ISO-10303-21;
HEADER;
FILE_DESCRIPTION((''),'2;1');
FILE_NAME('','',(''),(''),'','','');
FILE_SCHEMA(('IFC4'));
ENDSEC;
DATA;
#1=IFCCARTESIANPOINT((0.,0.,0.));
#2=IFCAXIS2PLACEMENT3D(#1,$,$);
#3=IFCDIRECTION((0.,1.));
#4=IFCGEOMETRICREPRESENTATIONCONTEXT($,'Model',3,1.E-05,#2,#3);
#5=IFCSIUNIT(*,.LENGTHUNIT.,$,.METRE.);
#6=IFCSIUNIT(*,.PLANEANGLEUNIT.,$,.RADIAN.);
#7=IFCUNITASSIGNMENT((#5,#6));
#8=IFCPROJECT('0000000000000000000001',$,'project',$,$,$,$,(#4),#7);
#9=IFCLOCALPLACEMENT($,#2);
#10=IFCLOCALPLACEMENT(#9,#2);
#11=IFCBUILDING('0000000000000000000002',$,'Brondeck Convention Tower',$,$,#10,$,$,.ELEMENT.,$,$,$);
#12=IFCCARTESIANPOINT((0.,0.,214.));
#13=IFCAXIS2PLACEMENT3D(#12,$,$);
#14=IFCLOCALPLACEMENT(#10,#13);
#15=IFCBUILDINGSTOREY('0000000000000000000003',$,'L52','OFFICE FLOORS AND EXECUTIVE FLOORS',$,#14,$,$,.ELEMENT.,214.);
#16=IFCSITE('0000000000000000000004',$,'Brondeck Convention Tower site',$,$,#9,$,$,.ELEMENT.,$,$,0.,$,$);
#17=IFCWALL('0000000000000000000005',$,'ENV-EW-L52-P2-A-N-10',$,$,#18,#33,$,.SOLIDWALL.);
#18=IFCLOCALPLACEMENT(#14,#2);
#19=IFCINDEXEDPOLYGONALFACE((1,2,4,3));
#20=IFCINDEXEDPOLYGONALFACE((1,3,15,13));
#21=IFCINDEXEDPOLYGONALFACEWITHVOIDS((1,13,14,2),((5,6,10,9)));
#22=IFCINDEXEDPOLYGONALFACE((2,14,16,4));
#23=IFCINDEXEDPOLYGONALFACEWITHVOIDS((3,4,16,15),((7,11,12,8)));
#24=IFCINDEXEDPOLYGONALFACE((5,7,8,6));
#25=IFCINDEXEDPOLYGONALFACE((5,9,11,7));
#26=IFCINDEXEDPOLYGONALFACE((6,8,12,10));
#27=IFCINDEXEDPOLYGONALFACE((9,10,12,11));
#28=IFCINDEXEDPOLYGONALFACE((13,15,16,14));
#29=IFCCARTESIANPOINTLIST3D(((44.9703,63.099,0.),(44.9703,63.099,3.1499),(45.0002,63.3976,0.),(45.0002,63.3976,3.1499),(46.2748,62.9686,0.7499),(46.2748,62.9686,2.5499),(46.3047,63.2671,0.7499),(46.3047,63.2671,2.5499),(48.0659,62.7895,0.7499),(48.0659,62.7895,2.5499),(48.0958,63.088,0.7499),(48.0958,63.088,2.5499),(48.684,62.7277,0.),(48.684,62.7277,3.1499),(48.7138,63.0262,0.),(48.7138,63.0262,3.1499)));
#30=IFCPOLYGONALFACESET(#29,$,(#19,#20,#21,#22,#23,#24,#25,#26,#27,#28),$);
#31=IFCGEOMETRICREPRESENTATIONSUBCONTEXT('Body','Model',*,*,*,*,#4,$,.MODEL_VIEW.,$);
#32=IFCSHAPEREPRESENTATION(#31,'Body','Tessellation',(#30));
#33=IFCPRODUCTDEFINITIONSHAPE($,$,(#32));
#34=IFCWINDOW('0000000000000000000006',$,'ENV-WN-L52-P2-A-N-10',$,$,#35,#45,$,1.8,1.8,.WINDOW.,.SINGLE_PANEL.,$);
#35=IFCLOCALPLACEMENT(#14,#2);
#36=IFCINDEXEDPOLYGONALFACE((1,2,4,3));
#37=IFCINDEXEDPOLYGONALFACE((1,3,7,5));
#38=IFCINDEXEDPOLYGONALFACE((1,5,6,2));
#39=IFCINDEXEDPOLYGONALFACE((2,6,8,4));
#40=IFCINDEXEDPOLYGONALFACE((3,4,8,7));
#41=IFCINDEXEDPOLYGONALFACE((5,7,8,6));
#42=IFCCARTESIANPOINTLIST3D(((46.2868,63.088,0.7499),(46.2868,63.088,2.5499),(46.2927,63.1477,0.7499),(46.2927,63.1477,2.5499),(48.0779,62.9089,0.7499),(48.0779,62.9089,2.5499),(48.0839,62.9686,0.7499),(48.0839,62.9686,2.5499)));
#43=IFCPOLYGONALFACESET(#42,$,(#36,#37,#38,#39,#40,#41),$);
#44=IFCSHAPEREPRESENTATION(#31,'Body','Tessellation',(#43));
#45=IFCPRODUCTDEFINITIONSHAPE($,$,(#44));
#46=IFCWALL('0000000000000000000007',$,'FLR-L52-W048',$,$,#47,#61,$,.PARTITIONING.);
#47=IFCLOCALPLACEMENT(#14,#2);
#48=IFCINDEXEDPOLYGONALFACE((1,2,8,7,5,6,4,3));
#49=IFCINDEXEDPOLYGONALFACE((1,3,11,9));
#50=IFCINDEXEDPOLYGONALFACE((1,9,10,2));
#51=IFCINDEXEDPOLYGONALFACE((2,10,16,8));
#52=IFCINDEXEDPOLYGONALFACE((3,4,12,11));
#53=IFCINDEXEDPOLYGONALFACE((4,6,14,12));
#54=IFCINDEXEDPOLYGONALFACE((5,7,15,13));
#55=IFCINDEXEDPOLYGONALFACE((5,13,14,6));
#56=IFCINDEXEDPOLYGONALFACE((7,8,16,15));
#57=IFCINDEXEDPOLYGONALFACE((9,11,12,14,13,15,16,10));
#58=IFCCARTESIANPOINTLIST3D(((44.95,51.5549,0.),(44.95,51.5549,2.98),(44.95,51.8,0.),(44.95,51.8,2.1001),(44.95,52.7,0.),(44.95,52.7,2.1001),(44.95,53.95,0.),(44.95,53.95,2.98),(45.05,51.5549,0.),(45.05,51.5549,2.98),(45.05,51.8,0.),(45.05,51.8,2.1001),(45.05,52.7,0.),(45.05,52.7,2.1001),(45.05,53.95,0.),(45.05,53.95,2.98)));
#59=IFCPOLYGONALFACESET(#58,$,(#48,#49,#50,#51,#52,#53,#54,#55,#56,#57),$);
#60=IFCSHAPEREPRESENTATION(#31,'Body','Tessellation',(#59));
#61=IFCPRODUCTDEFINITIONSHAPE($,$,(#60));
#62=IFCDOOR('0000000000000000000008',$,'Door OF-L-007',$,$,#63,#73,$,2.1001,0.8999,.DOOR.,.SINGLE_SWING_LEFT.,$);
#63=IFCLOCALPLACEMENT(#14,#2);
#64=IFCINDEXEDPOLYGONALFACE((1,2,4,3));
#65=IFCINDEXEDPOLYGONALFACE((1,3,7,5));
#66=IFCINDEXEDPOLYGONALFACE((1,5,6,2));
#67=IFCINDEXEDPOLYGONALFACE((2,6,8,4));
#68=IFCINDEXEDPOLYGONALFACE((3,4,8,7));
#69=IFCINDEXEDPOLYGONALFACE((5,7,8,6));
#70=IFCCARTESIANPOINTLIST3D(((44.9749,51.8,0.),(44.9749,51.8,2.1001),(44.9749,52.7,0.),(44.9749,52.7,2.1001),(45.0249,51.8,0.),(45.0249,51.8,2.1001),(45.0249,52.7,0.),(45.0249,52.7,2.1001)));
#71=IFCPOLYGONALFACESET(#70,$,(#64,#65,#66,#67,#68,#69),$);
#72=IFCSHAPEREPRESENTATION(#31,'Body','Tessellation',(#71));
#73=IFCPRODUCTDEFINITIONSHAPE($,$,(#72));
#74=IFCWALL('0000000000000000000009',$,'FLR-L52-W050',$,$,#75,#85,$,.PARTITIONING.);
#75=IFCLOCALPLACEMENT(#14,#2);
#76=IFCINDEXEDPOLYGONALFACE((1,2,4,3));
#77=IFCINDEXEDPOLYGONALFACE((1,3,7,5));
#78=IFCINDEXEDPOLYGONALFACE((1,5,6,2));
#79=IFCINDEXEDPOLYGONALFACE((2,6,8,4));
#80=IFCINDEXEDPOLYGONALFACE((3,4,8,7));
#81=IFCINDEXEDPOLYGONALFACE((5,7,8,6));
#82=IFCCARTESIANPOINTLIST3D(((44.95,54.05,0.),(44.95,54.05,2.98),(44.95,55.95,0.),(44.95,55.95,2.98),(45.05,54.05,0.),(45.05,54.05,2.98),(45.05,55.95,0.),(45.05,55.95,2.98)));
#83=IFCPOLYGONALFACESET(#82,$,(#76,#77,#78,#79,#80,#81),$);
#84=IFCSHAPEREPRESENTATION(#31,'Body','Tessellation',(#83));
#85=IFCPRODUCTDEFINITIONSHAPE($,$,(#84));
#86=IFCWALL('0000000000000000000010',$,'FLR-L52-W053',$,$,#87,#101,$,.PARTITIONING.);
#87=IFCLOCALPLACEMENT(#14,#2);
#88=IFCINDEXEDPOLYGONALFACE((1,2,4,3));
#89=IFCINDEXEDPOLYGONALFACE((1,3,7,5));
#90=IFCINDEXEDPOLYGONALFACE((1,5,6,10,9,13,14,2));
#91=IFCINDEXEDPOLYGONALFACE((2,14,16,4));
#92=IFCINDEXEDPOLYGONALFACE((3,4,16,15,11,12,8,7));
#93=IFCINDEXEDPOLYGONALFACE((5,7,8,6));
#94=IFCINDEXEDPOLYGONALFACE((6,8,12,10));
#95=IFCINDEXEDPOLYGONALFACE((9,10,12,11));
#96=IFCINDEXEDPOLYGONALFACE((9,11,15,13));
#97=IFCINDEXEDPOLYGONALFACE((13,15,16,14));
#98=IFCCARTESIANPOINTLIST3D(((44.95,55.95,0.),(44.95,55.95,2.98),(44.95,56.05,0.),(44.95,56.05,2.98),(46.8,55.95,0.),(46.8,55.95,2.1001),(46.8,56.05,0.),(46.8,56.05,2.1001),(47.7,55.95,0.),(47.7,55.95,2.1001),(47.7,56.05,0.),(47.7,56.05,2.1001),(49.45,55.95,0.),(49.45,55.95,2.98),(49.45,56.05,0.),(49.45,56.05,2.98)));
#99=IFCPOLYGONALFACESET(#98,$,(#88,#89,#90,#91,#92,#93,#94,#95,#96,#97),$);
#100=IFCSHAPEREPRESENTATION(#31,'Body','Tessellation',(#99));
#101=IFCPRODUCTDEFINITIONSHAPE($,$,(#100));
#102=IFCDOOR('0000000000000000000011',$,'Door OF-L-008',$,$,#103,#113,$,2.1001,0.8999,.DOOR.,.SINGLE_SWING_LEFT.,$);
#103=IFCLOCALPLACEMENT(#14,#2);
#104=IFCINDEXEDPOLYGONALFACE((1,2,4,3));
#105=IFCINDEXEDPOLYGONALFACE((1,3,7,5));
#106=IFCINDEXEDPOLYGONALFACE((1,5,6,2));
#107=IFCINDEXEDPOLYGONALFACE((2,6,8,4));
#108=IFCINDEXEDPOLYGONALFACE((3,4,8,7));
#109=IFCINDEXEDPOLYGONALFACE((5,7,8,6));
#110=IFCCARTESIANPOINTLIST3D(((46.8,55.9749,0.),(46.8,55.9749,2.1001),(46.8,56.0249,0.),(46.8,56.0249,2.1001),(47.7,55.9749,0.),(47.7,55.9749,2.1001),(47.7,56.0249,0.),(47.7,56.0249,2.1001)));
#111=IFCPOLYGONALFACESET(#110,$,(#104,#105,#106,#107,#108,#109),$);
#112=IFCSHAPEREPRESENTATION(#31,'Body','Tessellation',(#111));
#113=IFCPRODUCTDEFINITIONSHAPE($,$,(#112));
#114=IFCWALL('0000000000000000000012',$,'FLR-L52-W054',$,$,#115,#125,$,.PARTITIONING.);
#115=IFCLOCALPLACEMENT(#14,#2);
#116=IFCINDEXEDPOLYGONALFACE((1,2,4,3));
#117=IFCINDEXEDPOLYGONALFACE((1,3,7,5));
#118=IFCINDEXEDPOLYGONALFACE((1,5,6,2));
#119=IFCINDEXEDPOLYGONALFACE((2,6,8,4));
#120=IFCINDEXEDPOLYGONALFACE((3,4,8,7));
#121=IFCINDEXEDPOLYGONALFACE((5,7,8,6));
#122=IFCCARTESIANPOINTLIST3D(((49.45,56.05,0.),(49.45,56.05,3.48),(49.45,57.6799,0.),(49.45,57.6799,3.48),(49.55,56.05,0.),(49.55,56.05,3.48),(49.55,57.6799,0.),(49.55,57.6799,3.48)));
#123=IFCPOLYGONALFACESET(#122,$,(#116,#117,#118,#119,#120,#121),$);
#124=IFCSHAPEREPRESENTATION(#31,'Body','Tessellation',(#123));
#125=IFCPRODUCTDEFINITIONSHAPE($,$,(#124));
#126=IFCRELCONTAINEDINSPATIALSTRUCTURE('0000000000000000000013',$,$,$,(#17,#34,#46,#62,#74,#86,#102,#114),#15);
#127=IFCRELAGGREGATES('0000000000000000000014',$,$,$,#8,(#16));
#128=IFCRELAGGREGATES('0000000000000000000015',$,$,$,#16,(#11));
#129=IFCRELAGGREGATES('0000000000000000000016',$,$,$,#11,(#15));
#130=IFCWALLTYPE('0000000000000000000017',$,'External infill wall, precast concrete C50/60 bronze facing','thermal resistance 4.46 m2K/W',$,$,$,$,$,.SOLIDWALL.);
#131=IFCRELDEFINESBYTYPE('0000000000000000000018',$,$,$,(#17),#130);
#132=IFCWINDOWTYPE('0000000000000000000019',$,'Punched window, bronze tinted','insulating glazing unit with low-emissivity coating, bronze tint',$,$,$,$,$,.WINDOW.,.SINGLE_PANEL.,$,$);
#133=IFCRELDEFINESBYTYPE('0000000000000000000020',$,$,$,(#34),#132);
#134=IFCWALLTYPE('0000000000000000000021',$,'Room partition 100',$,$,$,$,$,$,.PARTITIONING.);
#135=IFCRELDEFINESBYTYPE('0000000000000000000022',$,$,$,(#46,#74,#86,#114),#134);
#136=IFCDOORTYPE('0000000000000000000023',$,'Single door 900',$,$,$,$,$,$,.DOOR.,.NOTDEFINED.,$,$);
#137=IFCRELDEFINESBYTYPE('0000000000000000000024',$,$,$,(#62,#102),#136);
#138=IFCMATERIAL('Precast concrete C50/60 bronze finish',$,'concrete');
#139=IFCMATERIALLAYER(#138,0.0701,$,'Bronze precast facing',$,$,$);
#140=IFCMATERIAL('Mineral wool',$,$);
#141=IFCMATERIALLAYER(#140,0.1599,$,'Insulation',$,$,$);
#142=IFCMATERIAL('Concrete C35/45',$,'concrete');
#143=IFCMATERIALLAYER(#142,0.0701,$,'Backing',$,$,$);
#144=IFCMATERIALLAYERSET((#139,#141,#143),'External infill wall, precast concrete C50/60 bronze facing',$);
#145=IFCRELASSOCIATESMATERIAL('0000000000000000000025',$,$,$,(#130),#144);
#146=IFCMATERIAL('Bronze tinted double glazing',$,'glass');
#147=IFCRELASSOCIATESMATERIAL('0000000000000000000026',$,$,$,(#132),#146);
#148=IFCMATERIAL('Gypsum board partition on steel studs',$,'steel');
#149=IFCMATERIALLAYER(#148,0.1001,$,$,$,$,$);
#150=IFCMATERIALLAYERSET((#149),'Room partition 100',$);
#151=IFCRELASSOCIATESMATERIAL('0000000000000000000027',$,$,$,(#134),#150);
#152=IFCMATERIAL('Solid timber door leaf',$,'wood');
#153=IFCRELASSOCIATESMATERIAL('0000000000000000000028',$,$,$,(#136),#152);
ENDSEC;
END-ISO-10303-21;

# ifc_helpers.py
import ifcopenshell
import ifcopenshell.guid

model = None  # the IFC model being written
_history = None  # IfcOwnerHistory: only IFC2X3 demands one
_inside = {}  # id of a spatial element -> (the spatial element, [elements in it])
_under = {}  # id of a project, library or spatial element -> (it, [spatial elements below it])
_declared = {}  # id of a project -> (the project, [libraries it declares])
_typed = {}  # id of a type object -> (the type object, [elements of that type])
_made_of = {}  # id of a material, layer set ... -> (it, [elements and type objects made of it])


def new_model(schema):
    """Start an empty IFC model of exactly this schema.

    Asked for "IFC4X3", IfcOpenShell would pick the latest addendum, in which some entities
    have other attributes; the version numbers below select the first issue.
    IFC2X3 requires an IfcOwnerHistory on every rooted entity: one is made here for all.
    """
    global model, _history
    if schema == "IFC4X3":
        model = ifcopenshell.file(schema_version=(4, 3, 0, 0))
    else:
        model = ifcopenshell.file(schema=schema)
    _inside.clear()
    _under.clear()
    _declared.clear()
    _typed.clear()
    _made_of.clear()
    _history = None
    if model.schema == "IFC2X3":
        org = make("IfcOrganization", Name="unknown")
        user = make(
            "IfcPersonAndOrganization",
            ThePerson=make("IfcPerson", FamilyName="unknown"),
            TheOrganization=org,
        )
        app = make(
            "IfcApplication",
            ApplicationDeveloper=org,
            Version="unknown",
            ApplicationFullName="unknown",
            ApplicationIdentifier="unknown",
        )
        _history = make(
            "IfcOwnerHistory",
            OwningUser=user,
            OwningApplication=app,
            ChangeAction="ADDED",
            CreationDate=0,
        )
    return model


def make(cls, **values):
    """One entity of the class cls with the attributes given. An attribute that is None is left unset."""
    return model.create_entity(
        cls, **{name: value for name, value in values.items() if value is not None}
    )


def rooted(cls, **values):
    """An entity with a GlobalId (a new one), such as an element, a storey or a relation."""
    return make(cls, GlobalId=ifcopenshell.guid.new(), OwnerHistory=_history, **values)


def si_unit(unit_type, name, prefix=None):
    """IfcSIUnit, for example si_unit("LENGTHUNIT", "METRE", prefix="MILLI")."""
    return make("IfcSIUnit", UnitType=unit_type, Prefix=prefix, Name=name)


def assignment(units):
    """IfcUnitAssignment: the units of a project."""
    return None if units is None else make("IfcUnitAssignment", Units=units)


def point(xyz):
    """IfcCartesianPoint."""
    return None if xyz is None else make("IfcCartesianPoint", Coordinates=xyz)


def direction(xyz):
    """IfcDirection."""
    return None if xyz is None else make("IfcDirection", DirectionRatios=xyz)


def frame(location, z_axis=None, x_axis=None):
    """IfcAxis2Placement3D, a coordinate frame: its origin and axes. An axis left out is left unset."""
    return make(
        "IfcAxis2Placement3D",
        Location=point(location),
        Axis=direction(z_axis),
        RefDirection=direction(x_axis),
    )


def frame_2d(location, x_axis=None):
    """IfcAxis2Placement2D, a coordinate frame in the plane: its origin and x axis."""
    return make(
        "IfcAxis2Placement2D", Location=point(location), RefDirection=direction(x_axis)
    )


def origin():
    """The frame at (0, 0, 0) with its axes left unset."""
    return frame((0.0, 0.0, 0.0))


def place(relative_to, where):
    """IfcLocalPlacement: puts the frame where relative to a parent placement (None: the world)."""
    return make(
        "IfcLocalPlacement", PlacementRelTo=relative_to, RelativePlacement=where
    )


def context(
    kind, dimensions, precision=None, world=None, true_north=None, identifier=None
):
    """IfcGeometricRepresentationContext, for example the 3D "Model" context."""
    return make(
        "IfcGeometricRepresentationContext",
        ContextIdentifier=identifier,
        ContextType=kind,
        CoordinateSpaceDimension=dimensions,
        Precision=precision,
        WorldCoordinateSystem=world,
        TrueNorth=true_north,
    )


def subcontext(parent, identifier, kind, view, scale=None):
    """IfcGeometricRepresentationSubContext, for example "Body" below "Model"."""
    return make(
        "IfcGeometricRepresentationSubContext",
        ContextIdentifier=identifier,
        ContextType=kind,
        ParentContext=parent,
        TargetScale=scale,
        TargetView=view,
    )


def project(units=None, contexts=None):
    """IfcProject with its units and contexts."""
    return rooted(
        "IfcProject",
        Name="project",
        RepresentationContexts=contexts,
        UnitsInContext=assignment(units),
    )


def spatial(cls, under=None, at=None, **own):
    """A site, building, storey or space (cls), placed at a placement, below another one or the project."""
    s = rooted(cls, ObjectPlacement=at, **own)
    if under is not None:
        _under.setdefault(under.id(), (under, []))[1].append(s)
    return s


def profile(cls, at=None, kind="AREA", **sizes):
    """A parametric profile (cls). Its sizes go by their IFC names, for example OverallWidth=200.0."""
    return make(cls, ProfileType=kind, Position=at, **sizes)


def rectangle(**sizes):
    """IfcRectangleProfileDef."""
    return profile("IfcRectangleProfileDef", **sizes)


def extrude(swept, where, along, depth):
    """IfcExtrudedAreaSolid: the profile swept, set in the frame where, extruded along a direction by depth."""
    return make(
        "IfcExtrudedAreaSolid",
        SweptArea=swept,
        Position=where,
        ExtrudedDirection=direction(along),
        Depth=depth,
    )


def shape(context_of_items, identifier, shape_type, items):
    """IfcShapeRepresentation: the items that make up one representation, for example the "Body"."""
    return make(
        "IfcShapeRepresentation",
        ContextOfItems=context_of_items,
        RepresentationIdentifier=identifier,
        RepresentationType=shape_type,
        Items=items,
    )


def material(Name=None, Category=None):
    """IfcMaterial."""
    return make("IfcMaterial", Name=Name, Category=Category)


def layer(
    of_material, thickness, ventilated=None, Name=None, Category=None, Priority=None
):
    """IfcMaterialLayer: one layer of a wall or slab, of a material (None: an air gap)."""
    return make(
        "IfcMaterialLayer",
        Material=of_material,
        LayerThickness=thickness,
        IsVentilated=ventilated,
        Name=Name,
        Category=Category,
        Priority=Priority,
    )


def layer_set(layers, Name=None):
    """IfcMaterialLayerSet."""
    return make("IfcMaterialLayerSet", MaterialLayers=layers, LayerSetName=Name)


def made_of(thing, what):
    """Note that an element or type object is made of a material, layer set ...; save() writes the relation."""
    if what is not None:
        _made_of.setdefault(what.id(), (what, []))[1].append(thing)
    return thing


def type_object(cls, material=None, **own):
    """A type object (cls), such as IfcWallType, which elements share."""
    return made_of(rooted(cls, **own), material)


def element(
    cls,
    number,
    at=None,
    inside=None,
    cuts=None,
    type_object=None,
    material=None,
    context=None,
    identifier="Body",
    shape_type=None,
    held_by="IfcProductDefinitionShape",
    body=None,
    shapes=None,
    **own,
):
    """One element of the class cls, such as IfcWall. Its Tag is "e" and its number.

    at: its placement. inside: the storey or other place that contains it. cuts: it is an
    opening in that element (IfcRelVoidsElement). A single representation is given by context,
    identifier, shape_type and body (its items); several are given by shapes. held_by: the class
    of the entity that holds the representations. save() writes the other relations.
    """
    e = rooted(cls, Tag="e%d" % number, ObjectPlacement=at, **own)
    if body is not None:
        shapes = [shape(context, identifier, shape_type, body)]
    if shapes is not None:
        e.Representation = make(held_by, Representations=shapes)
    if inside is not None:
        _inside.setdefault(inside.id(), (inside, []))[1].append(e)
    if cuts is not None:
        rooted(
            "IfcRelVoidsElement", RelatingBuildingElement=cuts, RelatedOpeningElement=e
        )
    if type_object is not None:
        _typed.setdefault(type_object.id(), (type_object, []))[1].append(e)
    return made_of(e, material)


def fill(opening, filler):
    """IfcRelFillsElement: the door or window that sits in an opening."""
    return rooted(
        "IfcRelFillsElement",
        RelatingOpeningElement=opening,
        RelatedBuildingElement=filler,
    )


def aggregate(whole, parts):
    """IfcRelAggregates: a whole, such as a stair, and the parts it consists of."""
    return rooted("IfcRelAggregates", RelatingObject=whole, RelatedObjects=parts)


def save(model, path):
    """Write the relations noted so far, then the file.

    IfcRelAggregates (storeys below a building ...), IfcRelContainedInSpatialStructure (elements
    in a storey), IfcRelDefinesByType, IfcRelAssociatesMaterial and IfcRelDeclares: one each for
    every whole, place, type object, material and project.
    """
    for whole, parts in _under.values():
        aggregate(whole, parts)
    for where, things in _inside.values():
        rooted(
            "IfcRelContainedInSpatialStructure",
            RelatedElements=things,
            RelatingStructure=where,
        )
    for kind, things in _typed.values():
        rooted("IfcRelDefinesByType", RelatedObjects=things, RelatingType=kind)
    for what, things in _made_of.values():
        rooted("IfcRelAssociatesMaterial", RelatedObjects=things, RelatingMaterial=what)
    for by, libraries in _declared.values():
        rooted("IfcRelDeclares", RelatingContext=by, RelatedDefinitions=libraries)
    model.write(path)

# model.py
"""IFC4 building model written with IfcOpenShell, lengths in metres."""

from ifc_helpers import new_model, si_unit, direction, frame, frame_2d, origin, place, context, subcontext, project, spatial, rectangle, extrude, material, layer, layer_set, type_object, element, fill, save


model = new_model("IFC4")

# Units and contexts
model_context = context("Model", 3, precision=1e-05, world=origin(), true_north=direction((0.0, 1.0)))
body_context = subcontext(model_context, "Body", "Model", "MODEL_VIEW")
ifc_project = project(units=[si_unit("LENGTHUNIT", "METRE"), si_unit("PLANEANGLEUNIT", "RADIAN")], contexts=[model_context])

# Site, building, storey
site_placement = place(None, origin())
site = spatial("IfcSite", under=ifc_project, at=site_placement, Name="Brondeck Convention Tower site", CompositionType="ELEMENT", RefElevation=0.0)
building_placement = place(site_placement, origin())
building = spatial("IfcBuilding", under=site, at=building_placement, Name="Brondeck Convention Tower", CompositionType="ELEMENT")
storey_placement = place(building_placement, frame((0.0, 0.0, 214.0)))
storey = spatial("IfcBuildingStorey", under=building, at=storey_placement, Name="L52", Description="OFFICE FLOORS AND EXECUTIVE FLOORS", CompositionType="ELEMENT", Elevation=214.0)

# Shared definitions
ifc_material_1 = material(Name="Precast concrete C50/60 bronze finish", Category="concrete")
ifc_layer_1 = layer(ifc_material_1, 0.0701, Name="Bronze precast facing")
ifc_material_2 = material(Name="Mineral wool")
ifc_layer_2 = layer(ifc_material_2, 0.1599, Name="Insulation")
ifc_material_3 = material(Name="Concrete C35/45", Category="concrete")
ifc_layer_3 = layer(ifc_material_3, 0.0701, Name="Backing")
ifc_layer_set_1 = layer_set([ifc_layer_1, ifc_layer_2, ifc_layer_3], Name="External infill wall, precast concrete C50/60 bronze facing")
wall_type_1 = type_object("IfcWallType", Name="External infill wall, precast concrete C50/60 bronze facing", Description="thermal resistance 4.46 m2K/W", PredefinedType="SOLIDWALL", material=ifc_layer_set_1)
ifc_material_4 = material(Name="Bronze tinted double glazing", Category="glass")
window_type_1 = type_object("IfcWindowType", Name="Punched window, bronze tinted", Description="insulating glazing unit with low-emissivity coating, bronze tint", PartitioningType="SINGLE_PANEL", PredefinedType="WINDOW", material=ifc_material_4)

# Wall, opening, window
wall_1_placement = place(storey_placement, frame((44.9851, 63.2483, 0.0), z_axis=(0.0, 0.0, 1.0), x_axis=(0.995038, -0.099497, 0.0)))
wall_1 = element("IfcWall", 1, at=wall_1_placement, inside=storey, type_object=wall_type_1, Name="ENV-EW-L52-P2-A-N-10", PredefinedType="SOLIDWALL", context=body_context, shape_type="SweptSolid", body=[
    extrude(rectangle(XDim=3.7322, YDim=0.3, at=frame_2d((1.8662, 0.0))), origin(), (0.0, 0.0, 1.0), 3.1499),
])
opening_1_placement = place(wall_1_placement, frame((1.3113, 0.0, 0.75)))
opening_1 = element("IfcOpeningElement", 2, at=opening_1_placement, cuts=wall_1, PredefinedType="OPENING", context=body_context, shape_type="SweptSolid", body=[
    extrude(rectangle(XDim=1.8, YDim=1.8, at=frame_2d((0.8999, 0.8999))), frame((0.0, 0.1599, 0.0), z_axis=(0.0, -1.0, 0.0), x_axis=(1.0, 0.0, 0.0)), (0.0, 0.0, 1.0), 0.3201),
])
window_1_placement = place(opening_1_placement, origin())
window_1 = element("IfcWindow", 3, at=window_1_placement, inside=storey, type_object=window_type_1, Name="ENV-WN-L52-P2-A-N-10", OverallHeight=1.8, OverallWidth=1.8, PartitioningType="SINGLE_PANEL", PredefinedType="WINDOW", context=body_context, shape_type="SweptSolid", body=[
    extrude(rectangle(XDim=1.8, YDim=1.8, at=frame_2d((0.8999, 0.8999))), frame((0.0, 0.03, 0.0), z_axis=(0.0, -1.0, 0.0), x_axis=(1.0, 0.0, 0.0)), (0.0, 0.0, 1.0), 0.0601),
])
fill(opening_1, window_1)

# Wall, opening, door
ifc_material_5 = material(Name="Gypsum board partition on steel studs", Category="steel")
ifc_layer_4 = layer(ifc_material_5, 0.1001)
ifc_layer_set_2 = layer_set([ifc_layer_4], Name="Room partition 100")
wall_type_2 = type_object("IfcWallType", Name="Room partition 100", PredefinedType="PARTITIONING", material=ifc_layer_set_2)
wall_2_placement = place(storey_placement, frame((45.0, 53.95, 0.0), z_axis=(0.0, 0.0, 1.0), x_axis=(0.0, -1.0, 0.0)))
wall_2 = element("IfcWall", 4, at=wall_2_placement, inside=storey, type_object=wall_type_2, Name="FLR-L52-W048", PredefinedType="PARTITIONING", context=body_context, shape_type="SweptSolid", body=[
    extrude(rectangle(XDim=2.395, YDim=0.1001, at=frame_2d((1.1975, 0.0))), origin(), (0.0, 0.0, 1.0), 2.98),
])
opening_2_placement = place(wall_2_placement, frame((1.25, 0.0, 0.0)))
opening_2 = element("IfcOpeningElement", 5, at=opening_2_placement, cuts=wall_2, PredefinedType="OPENING", context=body_context, shape_type="SweptSolid", body=[
    extrude(rectangle(XDim=0.8999, YDim=2.1001, at=frame_2d((0.45, 1.05))), frame((0.0, 0.0601, 0.0), z_axis=(0.0, -1.0, 0.0), x_axis=(1.0, 0.0, 0.0)), (0.0, 0.0, 1.0), 0.1201),
])
ifc_material_6 = material(Name="Solid timber door leaf", Category="wood")
door_type = type_object("IfcDoorType", Name="Single door 900", OperationType="NOTDEFINED", PredefinedType="DOOR", material=ifc_material_6)
door_1_placement = place(opening_2_placement, origin())
door_1 = element("IfcDoor", 6, at=door_1_placement, inside=storey, type_object=door_type, Name="Door OF-L-007", OperationType="SINGLE_SWING_LEFT", OverallHeight=2.1001, OverallWidth=0.8999, PredefinedType="DOOR", context=body_context, shape_type="SweptSolid", body=[
    extrude(rectangle(XDim=0.8999, YDim=2.1001, at=frame_2d((0.45, 1.05))), frame((0.0, 0.0249, 0.0), z_axis=(0.0, -1.0, 0.0), x_axis=(1.0, 0.0, 0.0)), (0.0, 0.0, 1.0), 0.05),
])
fill(opening_2, door_1)

# Wall
wall_3_placement = place(storey_placement, frame((45.0, 54.05, 0.0), z_axis=(0.0, 0.0, 1.0), x_axis=(0.0, 1.0, 0.0)))
element("IfcWall", 7, at=wall_3_placement, inside=storey, type_object=wall_type_2, Name="FLR-L52-W050", PredefinedType="PARTITIONING", context=body_context, shape_type="SweptSolid", body=[
    extrude(rectangle(XDim=1.8999, YDim=0.1001, at=frame_2d((0.95, 0.0))), origin(), (0.0, 0.0, 1.0), 2.98),
])

# Wall, opening, door
wall_4_placement = place(storey_placement, frame((44.95, 56.0, 0.0), z_axis=(0.0, 0.0, 1.0), x_axis=(1.0, 0.0, 0.0)))
wall_4 = element("IfcWall", 8, at=wall_4_placement, inside=storey, type_object=wall_type_2, Name="FLR-L52-W053", PredefinedType="PARTITIONING", context=body_context, shape_type="SweptSolid", body=[
    extrude(rectangle(XDim=4.5, YDim=0.1001, at=frame_2d((2.25, 0.0))), origin(), (0.0, 0.0, 1.0), 2.98),
])
opening_3_placement = place(wall_4_placement, frame((1.8501, 0.0, 0.0)))
opening_3 = element("IfcOpeningElement", 9, at=opening_3_placement, cuts=wall_4, PredefinedType="OPENING", context=body_context, shape_type="SweptSolid", body=[
    extrude(rectangle(XDim=0.8999, YDim=2.1001, at=frame_2d((0.45, 1.05))), frame((0.0, 0.0601, 0.0), z_axis=(0.0, -1.0, 0.0), x_axis=(1.0, 0.0, 0.0)), (0.0, 0.0, 1.0), 0.1201),
])
door_2_placement = place(opening_3_placement, origin())
door_2 = element("IfcDoor", 10, at=door_2_placement, inside=storey, type_object=door_type, Name="Door OF-L-008", OperationType="SINGLE_SWING_LEFT", OverallHeight=2.1001, OverallWidth=0.8999, PredefinedType="DOOR", context=body_context, shape_type="SweptSolid", body=[
    extrude(rectangle(XDim=0.8999, YDim=2.1001, at=frame_2d((0.45, 1.05))), frame((0.0, 0.0249, 0.0), z_axis=(0.0, -1.0, 0.0), x_axis=(1.0, 0.0, 0.0)), (0.0, 0.0, 1.0), 0.05),
])
fill(opening_3, door_2)

# Wall
wall_5_placement = place(storey_placement, frame((49.5, 56.05, 0.0), z_axis=(0.0, 0.0, 1.0), x_axis=(0.0, 1.0, 0.0)))
element("IfcWall", 11, at=wall_5_placement, inside=storey, type_object=wall_type_2, Name="FLR-L52-W054", PredefinedType="PARTITIONING", context=body_context, shape_type="SweptSolid", body=[
    extrude(rectangle(XDim=1.6299, YDim=0.1001, at=frame_2d((0.8149, 0.0))), origin(), (0.0, 0.0, 1.0), 3.48),
])

save(model, "model.ifc")
